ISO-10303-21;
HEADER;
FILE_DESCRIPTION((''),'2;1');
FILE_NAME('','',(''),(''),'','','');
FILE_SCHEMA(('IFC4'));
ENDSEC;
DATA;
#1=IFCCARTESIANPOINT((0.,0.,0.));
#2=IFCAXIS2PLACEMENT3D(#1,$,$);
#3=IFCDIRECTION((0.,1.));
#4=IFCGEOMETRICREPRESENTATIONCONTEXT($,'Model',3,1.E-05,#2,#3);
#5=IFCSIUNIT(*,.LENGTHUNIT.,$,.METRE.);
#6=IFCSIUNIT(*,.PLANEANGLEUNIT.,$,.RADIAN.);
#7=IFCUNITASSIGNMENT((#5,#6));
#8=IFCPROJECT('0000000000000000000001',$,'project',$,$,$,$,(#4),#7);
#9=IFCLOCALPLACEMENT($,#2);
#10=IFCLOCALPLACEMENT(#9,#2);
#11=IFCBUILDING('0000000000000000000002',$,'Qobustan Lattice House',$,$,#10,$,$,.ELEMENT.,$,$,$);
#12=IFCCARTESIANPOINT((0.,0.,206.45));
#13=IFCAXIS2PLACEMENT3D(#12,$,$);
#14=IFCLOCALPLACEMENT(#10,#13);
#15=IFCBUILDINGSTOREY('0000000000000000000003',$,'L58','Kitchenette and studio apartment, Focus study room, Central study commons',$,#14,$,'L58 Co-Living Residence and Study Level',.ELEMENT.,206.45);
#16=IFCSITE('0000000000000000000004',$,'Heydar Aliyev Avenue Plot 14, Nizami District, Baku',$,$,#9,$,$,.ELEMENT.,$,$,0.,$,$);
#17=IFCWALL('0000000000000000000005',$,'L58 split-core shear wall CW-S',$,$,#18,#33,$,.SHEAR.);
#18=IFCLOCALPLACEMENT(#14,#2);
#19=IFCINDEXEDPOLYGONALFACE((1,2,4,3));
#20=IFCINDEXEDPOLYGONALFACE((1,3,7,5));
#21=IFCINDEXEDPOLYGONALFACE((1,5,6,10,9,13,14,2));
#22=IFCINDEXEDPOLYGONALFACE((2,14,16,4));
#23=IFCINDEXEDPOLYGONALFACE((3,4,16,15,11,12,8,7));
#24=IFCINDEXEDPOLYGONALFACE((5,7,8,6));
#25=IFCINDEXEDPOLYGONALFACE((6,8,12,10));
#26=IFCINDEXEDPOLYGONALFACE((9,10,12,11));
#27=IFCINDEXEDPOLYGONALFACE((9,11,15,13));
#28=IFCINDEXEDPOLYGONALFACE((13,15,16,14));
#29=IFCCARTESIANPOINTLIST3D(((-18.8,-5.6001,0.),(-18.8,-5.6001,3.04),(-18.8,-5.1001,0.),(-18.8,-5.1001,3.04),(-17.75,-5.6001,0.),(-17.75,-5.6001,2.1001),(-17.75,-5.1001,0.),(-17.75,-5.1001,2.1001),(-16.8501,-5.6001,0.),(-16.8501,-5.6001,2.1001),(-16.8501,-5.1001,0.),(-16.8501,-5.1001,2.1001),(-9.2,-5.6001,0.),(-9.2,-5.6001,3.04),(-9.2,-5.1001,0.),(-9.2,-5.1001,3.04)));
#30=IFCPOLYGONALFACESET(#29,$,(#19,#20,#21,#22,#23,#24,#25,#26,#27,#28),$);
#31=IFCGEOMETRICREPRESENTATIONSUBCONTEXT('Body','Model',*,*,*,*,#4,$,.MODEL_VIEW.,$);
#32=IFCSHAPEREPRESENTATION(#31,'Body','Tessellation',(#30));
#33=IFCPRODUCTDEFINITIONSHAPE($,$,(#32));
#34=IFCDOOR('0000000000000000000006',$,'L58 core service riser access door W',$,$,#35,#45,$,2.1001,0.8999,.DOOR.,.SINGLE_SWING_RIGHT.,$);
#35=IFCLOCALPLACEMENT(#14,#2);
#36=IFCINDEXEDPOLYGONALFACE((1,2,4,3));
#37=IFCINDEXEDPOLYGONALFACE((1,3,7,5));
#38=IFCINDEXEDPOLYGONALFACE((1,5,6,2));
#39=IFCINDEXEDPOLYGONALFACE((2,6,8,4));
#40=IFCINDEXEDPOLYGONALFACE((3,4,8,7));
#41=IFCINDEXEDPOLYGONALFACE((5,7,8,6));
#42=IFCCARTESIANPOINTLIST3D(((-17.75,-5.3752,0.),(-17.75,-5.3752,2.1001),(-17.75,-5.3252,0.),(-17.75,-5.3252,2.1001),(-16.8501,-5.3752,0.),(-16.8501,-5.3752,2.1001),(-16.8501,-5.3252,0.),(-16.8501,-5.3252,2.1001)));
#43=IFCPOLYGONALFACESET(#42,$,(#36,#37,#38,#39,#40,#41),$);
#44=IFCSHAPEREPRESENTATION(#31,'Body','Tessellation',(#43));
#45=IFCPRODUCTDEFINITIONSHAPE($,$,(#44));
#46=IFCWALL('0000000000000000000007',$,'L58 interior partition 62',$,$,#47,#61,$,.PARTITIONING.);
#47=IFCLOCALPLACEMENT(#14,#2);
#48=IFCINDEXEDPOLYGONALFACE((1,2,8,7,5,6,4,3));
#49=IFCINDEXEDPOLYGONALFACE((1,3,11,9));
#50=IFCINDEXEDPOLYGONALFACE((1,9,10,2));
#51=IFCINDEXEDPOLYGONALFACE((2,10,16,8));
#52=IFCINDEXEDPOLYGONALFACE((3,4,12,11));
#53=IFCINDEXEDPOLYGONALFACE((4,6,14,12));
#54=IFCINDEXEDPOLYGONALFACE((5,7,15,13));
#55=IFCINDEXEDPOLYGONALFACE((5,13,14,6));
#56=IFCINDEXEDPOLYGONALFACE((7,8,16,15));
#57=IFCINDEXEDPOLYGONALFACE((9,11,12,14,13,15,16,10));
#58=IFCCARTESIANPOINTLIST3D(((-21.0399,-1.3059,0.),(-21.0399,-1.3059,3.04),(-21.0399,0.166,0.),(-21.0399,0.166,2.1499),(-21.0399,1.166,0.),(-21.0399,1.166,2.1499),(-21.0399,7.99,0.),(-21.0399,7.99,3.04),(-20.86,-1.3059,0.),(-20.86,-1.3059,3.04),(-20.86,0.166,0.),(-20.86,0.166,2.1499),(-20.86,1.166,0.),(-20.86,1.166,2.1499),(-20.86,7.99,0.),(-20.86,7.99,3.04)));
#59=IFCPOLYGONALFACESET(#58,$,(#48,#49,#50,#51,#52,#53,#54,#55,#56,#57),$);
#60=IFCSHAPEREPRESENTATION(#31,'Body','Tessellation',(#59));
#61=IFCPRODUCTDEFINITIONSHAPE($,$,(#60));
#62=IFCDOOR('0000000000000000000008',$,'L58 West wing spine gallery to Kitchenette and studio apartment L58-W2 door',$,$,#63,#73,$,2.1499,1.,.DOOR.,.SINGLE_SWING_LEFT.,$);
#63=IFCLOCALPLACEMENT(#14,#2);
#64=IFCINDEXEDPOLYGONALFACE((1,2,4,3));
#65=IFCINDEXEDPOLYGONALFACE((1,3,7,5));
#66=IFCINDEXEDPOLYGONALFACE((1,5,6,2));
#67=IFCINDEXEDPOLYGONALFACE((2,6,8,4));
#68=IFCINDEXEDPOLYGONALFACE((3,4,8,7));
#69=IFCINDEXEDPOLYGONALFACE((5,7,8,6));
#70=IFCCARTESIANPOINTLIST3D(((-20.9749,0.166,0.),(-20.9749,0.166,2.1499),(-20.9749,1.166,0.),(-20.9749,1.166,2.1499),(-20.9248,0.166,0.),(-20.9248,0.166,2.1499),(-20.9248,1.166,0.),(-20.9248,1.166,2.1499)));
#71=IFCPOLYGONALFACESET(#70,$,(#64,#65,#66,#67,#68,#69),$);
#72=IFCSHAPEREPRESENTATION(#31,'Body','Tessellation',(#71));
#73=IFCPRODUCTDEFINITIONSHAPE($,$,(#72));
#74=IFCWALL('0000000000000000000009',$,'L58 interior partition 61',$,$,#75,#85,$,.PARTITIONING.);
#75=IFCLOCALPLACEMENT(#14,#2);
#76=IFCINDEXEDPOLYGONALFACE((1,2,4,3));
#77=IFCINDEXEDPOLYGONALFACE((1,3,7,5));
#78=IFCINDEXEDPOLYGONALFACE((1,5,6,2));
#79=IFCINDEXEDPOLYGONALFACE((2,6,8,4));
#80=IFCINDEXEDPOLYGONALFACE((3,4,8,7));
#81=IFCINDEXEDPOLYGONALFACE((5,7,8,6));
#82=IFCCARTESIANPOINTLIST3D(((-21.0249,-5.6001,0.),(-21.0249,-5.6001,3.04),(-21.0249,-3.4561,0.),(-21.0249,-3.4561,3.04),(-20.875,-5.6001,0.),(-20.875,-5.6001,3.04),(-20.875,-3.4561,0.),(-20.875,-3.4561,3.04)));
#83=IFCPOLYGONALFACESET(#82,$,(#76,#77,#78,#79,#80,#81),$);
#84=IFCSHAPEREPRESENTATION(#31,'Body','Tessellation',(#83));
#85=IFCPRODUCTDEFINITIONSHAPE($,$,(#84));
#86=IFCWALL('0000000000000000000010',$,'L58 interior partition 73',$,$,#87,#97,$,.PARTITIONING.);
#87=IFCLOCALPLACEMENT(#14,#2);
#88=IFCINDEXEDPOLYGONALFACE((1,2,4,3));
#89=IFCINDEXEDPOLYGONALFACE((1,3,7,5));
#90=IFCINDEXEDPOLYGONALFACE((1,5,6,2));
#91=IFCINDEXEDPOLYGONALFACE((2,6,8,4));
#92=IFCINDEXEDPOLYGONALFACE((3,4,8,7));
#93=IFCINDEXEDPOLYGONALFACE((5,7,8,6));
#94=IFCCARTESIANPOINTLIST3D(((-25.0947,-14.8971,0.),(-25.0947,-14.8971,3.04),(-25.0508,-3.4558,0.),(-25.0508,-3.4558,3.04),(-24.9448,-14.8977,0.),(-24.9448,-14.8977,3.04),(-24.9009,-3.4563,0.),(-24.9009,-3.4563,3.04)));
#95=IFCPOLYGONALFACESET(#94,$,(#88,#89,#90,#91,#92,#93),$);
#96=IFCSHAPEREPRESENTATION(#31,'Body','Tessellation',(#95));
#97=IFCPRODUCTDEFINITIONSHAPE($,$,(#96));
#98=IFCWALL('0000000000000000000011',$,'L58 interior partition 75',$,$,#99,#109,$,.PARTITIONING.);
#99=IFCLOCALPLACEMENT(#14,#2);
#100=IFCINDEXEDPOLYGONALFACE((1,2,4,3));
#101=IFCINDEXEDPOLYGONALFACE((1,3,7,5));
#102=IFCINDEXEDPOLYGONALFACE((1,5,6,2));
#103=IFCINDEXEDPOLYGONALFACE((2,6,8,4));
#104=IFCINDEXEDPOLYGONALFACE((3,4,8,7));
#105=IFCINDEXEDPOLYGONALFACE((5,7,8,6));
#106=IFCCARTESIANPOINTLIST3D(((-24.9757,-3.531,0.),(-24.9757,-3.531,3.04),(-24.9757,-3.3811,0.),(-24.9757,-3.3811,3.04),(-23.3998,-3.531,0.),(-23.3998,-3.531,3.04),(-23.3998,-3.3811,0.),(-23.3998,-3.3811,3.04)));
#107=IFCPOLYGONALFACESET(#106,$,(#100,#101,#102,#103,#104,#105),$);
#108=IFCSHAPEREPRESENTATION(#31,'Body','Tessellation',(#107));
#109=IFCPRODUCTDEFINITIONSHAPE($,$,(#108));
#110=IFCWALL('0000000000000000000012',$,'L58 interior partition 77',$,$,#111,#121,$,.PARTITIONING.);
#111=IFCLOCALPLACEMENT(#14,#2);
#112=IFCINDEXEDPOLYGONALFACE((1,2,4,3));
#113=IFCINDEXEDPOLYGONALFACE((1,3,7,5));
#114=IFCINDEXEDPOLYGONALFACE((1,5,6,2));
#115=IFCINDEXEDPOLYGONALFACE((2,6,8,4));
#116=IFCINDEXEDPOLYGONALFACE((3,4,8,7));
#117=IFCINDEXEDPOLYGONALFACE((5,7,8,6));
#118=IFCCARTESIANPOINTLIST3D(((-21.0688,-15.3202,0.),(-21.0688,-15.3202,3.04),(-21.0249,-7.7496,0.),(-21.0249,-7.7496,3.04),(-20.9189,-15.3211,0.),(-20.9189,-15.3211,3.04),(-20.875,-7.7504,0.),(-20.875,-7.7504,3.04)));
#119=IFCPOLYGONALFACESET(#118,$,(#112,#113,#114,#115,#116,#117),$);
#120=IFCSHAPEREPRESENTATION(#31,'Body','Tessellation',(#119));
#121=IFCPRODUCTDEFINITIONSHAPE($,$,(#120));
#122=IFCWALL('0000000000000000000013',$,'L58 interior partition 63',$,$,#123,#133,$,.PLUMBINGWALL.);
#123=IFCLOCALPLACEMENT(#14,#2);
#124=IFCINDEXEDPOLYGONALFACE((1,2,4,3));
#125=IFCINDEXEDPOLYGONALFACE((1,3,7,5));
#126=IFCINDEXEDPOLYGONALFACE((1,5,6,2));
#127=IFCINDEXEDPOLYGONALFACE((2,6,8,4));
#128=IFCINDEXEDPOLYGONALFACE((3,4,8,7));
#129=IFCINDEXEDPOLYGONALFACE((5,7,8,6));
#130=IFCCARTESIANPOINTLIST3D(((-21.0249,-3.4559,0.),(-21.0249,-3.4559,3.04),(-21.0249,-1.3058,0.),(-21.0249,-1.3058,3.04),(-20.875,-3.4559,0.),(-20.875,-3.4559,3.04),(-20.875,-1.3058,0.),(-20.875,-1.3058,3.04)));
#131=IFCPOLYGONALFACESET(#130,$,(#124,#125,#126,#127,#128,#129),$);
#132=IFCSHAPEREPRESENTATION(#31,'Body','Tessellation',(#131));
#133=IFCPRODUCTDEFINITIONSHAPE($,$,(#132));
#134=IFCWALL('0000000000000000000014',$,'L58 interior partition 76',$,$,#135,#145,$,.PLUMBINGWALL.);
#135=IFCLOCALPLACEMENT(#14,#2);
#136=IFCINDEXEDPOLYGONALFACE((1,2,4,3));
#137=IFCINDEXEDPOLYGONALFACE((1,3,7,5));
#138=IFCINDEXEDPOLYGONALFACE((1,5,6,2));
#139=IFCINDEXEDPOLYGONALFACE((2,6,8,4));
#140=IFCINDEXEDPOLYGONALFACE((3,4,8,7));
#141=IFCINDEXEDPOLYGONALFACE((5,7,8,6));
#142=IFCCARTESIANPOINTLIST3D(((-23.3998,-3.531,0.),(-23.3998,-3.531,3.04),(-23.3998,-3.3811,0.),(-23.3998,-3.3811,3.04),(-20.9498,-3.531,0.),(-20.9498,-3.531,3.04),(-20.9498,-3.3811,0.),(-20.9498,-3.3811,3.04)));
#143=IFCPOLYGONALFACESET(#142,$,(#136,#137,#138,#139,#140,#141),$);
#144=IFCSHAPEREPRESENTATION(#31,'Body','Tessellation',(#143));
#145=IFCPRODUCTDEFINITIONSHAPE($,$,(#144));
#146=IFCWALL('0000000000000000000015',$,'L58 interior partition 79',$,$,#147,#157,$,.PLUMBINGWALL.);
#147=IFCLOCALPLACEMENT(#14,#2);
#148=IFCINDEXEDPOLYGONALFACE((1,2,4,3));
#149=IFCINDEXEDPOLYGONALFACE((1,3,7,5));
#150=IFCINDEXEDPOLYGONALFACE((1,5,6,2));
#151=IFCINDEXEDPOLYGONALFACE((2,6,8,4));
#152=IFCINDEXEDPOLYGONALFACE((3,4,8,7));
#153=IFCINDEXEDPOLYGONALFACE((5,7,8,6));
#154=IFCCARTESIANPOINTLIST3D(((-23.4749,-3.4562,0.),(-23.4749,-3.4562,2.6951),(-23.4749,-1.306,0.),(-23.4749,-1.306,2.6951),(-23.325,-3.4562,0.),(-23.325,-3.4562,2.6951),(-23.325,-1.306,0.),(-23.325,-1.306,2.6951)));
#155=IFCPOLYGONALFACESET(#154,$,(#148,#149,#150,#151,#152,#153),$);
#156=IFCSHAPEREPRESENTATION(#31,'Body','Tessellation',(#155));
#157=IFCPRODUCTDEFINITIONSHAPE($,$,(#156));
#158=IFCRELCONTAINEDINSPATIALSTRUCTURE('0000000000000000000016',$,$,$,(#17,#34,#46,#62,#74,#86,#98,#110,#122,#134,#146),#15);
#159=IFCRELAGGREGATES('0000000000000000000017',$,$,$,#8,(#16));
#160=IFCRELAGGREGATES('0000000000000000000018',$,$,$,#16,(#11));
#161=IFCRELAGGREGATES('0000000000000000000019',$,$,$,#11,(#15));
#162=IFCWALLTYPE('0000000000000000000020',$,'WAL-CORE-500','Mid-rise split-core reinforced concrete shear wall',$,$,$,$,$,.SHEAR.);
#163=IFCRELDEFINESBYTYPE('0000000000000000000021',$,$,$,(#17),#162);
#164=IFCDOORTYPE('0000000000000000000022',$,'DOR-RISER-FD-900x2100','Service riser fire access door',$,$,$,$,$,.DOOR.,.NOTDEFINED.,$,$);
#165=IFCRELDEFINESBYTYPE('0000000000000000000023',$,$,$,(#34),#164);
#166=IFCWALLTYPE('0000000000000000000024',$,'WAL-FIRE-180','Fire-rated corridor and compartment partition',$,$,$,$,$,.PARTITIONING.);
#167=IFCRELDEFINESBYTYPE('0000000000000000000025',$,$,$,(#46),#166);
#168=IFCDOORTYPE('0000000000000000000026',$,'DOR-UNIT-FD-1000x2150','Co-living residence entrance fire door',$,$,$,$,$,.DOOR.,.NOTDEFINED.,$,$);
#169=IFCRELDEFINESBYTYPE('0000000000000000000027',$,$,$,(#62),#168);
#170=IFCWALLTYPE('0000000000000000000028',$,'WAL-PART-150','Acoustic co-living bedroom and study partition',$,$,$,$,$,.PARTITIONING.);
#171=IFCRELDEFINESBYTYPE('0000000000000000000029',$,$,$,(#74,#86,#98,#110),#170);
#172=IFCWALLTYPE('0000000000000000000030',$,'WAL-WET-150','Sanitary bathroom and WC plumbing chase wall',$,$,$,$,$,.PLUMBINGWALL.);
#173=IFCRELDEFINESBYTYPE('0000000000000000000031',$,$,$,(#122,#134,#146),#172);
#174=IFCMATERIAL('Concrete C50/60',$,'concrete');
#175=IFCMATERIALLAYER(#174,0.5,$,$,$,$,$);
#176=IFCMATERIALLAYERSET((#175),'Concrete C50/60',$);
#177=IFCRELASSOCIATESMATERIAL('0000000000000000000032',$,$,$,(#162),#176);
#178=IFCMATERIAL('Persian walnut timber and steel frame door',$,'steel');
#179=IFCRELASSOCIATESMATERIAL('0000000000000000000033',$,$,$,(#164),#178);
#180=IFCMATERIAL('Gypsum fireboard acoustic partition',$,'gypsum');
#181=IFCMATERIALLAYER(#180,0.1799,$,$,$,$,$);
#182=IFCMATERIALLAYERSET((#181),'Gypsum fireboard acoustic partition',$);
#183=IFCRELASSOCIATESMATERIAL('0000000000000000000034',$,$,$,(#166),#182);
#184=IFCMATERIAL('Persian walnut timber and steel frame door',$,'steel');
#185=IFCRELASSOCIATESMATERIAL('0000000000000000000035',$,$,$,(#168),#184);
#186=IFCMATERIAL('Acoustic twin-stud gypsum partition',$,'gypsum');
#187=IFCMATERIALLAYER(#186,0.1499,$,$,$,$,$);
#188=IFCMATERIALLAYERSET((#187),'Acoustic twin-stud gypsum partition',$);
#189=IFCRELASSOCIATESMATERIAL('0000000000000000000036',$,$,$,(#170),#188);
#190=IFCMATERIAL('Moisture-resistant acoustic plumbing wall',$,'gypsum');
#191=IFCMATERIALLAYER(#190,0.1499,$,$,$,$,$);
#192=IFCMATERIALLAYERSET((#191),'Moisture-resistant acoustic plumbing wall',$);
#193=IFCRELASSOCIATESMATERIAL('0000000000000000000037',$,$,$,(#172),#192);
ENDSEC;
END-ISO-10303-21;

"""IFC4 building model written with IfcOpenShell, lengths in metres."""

from ifc_helpers import new_model, si_unit, direction, frame, frame_2d, origin, place, context, subcontext, project, spatial, rectangle, extrude, material, layer, layer_set, type_object, element, fill, save


model = new_model("IFC4")

# Units and contexts
model_context = context("Model", 3, precision=1e-05, world=origin(), true_north=direction((0.0, 1.0)))
body_context = subcontext(model_context, "Body", "Model", "MODEL_VIEW")
ifc_project = project(units=[si_unit("LENGTHUNIT", "METRE"), si_unit("PLANEANGLEUNIT", "RADIAN")], contexts=[model_context])

# Site, building, storey
site_placement = place(None, origin())
site = spatial("IfcSite", under=ifc_project, at=site_placement, Name="Heydar Aliyev Avenue Plot 14, Nizami District, Baku", CompositionType="ELEMENT", RefElevation=0.0)
building_placement = place(site_placement, origin())
building = spatial("IfcBuilding", under=site, at=building_placement, Name="Qobustan Lattice House", CompositionType="ELEMENT")
storey_placement = place(building_placement, frame((0.0, 0.0, 206.45)))
storey = spatial("IfcBuildingStorey", under=building, at=storey_placement, Name="L58", Description="Kitchenette and studio apartment, Focus study room, Central study commons", LongName="L58 Co-Living Residence and Study Level", CompositionType="ELEMENT", Elevation=206.45)

# Walls, openings, doors
ifc_material_1 = material(Name="Concrete C50/60", Category="concrete")
ifc_layer_1 = layer(ifc_material_1, 0.5)
ifc_layer_set_1 = layer_set([ifc_layer_1], Name="Concrete C50/60")
wall_type_1 = type_object("IfcWallType", Name="WAL-CORE-500", Description="Mid-rise split-core reinforced concrete shear wall", PredefinedType="SHEAR", material=ifc_layer_set_1)
wall_1_placement = place(storey_placement, frame((-18.8, -5.3501, 0.0), z_axis=(0.0, 0.0, 1.0), x_axis=(1.0, 0.0, 0.0)))
wall_1 = element("IfcWall", 1, at=wall_1_placement, inside=storey, type_object=wall_type_1, Name="L58 split-core shear wall CW-S", PredefinedType="SHEAR", context=body_context, shape_type="SweptSolid", body=[
    extrude(rectangle(XDim=9.6001, YDim=0.5, at=frame_2d((4.8, 0.0))), origin(), (0.0, 0.0, 1.0), 3.04),
])
opening_1_placement = place(wall_1_placement, frame((1.05, 0.0, 0.0)))
opening_1 = element("IfcOpeningElement", 2, at=opening_1_placement, cuts=wall_1, PredefinedType="OPENING", context=body_context, shape_type="SweptSolid", body=[
    extrude(rectangle(XDim=0.8999, YDim=2.1001, at=frame_2d((0.45, 1.05))), frame((0.0, 0.26, 0.0), z_axis=(0.0, -1.0, 0.0), x_axis=(1.0, 0.0, 0.0)), (0.0, 0.0, 1.0), 0.52),
])
ifc_material_2 = material(Name="Persian walnut timber and steel frame door", Category="steel")
door_type_1 = type_object("IfcDoorType", Name="DOR-RISER-FD-900x2100", Description="Service riser fire access door", OperationType="NOTDEFINED", PredefinedType="DOOR", material=ifc_material_2)
door_1_placement = place(opening_1_placement, origin())
door_1 = element("IfcDoor", 3, at=door_1_placement, inside=storey, type_object=door_type_1, Name="L58 core service riser access door W", OperationType="SINGLE_SWING_RIGHT", OverallHeight=2.1001, OverallWidth=0.8999, PredefinedType="DOOR", context=body_context, shape_type="SweptSolid", body=[
    extrude(rectangle(XDim=0.8999, YDim=2.1001, at=frame_2d((0.45, 1.05))), frame((0.0, 0.0249, 0.0), z_axis=(0.0, -1.0, 0.0), x_axis=(1.0, 0.0, 0.0)), (0.0, 0.0, 1.0), 0.05),
])
fill(opening_1, door_1)
ifc_material_3 = material(Name="Gypsum fireboard acoustic partition", Category="gypsum")
ifc_layer_2 = layer(ifc_material_3, 0.1799)
ifc_layer_set_2 = layer_set([ifc_layer_2], Name="Gypsum fireboard acoustic partition")
wall_type_2 = type_object("IfcWallType", Name="WAL-FIRE-180", Description="Fire-rated corridor and compartment partition", PredefinedType="PARTITIONING", material=ifc_layer_set_2)
wall_2_placement = place(storey_placement, frame((-20.95, -1.3059, 0.0), z_axis=(0.0, 0.0, 1.0), x_axis=(0.0, 1.0, 0.0)))
wall_2 = element("IfcWall", 4, at=wall_2_placement, inside=storey, type_object=wall_type_2, Name="L58 interior partition 62", PredefinedType="PARTITIONING", context=body_context, shape_type="SweptSolid", body=[
    extrude(rectangle(XDim=9.2959, YDim=0.1799, at=frame_2d((4.6479, 0.0))), origin(), (0.0, 0.0, 1.0), 3.04),
])
opening_2_placement = place(wall_2_placement, frame((1.4719, 0.0, 0.0)))
opening_2 = element("IfcOpeningElement", 5, at=opening_2_placement, cuts=wall_2, PredefinedType="OPENING", context=body_context, shape_type="SweptSolid", body=[
    extrude(rectangle(XDim=1.0, YDim=2.1499, at=frame_2d((0.5, 1.075))), frame((0.0, 0.0999, 0.0), z_axis=(0.0, -1.0, 0.0), x_axis=(1.0, 0.0, 0.0)), (0.0, 0.0, 1.0), 0.2),
])
ifc_material_4 = material(Name="Persian walnut timber and steel frame door", Category="steel")
door_type_2 = type_object("IfcDoorType", Name="DOR-UNIT-FD-1000x2150", Description="Co-living residence entrance fire door", OperationType="NOTDEFINED", PredefinedType="DOOR", material=ifc_material_4)
door_2_placement = place(opening_2_placement, origin())
door_2 = element("IfcDoor", 6, at=door_2_placement, inside=storey, type_object=door_type_2, Name="L58 West wing spine gallery to Kitchenette and studio apartment L58-W2 door", OperationType="SINGLE_SWING_LEFT", OverallHeight=2.1499, OverallWidth=1.0, PredefinedType="DOOR", context=body_context, shape_type="SweptSolid", body=[
    extrude(rectangle(XDim=1.0, YDim=2.1499, at=frame_2d((0.5, 1.075))), frame((0.0, 0.0249, 0.0), z_axis=(0.0, -1.0, 0.0), x_axis=(1.0, 0.0, 0.0)), (0.0, 0.0, 1.0), 0.05),
])
fill(opening_2, door_2)

# Walls
ifc_material_5 = material(Name="Acoustic twin-stud gypsum partition", Category="gypsum")
ifc_layer_3 = layer(ifc_material_5, 0.1499)
ifc_layer_set_3 = layer_set([ifc_layer_3], Name="Acoustic twin-stud gypsum partition")
wall_type_3 = type_object("IfcWallType", Name="WAL-PART-150", Description="Acoustic co-living bedroom and study partition", PredefinedType="PARTITIONING", material=ifc_layer_set_3)
wall_3_placement = place(storey_placement, frame((-20.95, -5.6001, 0.0), z_axis=(0.0, 0.0, 1.0), x_axis=(0.0, 1.0, 0.0)))
element("IfcWall", 7, at=wall_3_placement, inside=storey, type_object=wall_type_3, Name="L58 interior partition 61", PredefinedType="PARTITIONING", context=body_context, shape_type="SweptSolid", body=[
    extrude(rectangle(XDim=2.144, YDim=0.1499, at=frame_2d((1.072, 0.0))), origin(), (0.0, 0.0, 1.0), 3.04),
])
wall_4_placement = place(storey_placement, frame((-24.9758, -3.4561, 0.0), z_axis=(0.0, 0.0, 1.0), x_axis=(-0.003841, -0.999993, 0.0)))
element("IfcWall", 8, at=wall_4_placement, inside=storey, type_object=wall_type_3, Name="L58 interior partition 73", PredefinedType="PARTITIONING", context=body_context, shape_type="SweptSolid", body=[
    extrude(rectangle(XDim=11.4414, YDim=0.1499, at=frame_2d((5.7207, 0.0))), origin(), (0.0, 0.0, 1.0), 3.04),
])

# Walls
wall_5_placement = place(storey_placement, frame((-24.9758, -3.4561, 0.0), z_axis=(0.0, 0.0, 1.0), x_axis=(1.0, 0.0, 0.0)))
element("IfcWall", 9, at=wall_5_placement, inside=storey, type_object=wall_type_3, Name="L58 interior partition 75", PredefinedType="PARTITIONING", context=body_context, shape_type="SweptSolid", body=[
    extrude(rectangle(XDim=1.5759, YDim=0.1499, at=frame_2d((0.7881, 0.0))), origin(), (0.0, 0.0, 1.0), 3.04),
])
wall_6_placement = place(storey_placement, frame((-20.95, -7.75, 0.0), z_axis=(0.0, 0.0, 1.0), x_axis=(-0.005805, -0.999983, 0.0)))
element("IfcWall", 10, at=wall_6_placement, inside=storey, type_object=wall_type_3, Name="L58 interior partition 77", PredefinedType="PARTITIONING", context=body_context, shape_type="SweptSolid", body=[
    extrude(rectangle(XDim=7.5708, YDim=0.1499, at=frame_2d((3.7854, 0.0))), origin(), (0.0, 0.0, 1.0), 3.04),
])
ifc_material_6 = material(Name="Moisture-resistant acoustic plumbing wall", Category="gypsum")
ifc_layer_4 = layer(ifc_material_6, 0.1499)
ifc_layer_set_4 = layer_set([ifc_layer_4], Name="Moisture-resistant acoustic plumbing wall")
wall_type_4 = type_object("IfcWallType", Name="WAL-WET-150", Description="Sanitary bathroom and WC plumbing chase wall", PredefinedType="PLUMBINGWALL", material=ifc_layer_set_4)
wall_7_placement = place(storey_placement, frame((-20.95, -3.4561, 0.0), z_axis=(0.0, 0.0, 1.0), x_axis=(0.0, 1.0, 0.0)))
element("IfcWall", 11, at=wall_7_placement, inside=storey, type_object=wall_type_4, Name="L58 interior partition 63", PredefinedType="PLUMBINGWALL", context=body_context, shape_type="SweptSolid", body=[
    extrude(rectangle(XDim=2.1501, YDim=0.1499, at=frame_2d((1.0752, 0.0))), origin(), (0.0, 0.0, 1.0), 3.04),
])
wall_8_placement = place(storey_placement, frame((-23.3999, -3.4561, 0.0), z_axis=(0.0, 0.0, 1.0), x_axis=(1.0, 0.0, 0.0)))
element("IfcWall", 12, at=wall_8_placement, inside=storey, type_object=wall_type_4, Name="L58 interior partition 76", PredefinedType="PLUMBINGWALL", context=body_context, shape_type="SweptSolid", body=[
    extrude(rectangle(XDim=2.45, YDim=0.1499, at=frame_2d((1.2251, 0.0))), origin(), (0.0, 0.0, 1.0), 3.04),
])
wall_9_placement = place(storey_placement, frame((-23.3999, -1.3059, 0.0), z_axis=(0.0, 0.0, 1.0), x_axis=(0.0, -1.0, 0.0)))
element("IfcWall", 13, at=wall_9_placement, inside=storey, type_object=wall_type_4, Name="L58 interior partition 79", PredefinedType="PLUMBINGWALL", context=body_context, shape_type="SweptSolid", body=[
    extrude(rectangle(XDim=2.1501, YDim=0.1499, at=frame_2d((1.0752, 0.0))), origin(), (0.0, 0.0, 1.0), 2.6951),
])

save(model, "model.ifc")
